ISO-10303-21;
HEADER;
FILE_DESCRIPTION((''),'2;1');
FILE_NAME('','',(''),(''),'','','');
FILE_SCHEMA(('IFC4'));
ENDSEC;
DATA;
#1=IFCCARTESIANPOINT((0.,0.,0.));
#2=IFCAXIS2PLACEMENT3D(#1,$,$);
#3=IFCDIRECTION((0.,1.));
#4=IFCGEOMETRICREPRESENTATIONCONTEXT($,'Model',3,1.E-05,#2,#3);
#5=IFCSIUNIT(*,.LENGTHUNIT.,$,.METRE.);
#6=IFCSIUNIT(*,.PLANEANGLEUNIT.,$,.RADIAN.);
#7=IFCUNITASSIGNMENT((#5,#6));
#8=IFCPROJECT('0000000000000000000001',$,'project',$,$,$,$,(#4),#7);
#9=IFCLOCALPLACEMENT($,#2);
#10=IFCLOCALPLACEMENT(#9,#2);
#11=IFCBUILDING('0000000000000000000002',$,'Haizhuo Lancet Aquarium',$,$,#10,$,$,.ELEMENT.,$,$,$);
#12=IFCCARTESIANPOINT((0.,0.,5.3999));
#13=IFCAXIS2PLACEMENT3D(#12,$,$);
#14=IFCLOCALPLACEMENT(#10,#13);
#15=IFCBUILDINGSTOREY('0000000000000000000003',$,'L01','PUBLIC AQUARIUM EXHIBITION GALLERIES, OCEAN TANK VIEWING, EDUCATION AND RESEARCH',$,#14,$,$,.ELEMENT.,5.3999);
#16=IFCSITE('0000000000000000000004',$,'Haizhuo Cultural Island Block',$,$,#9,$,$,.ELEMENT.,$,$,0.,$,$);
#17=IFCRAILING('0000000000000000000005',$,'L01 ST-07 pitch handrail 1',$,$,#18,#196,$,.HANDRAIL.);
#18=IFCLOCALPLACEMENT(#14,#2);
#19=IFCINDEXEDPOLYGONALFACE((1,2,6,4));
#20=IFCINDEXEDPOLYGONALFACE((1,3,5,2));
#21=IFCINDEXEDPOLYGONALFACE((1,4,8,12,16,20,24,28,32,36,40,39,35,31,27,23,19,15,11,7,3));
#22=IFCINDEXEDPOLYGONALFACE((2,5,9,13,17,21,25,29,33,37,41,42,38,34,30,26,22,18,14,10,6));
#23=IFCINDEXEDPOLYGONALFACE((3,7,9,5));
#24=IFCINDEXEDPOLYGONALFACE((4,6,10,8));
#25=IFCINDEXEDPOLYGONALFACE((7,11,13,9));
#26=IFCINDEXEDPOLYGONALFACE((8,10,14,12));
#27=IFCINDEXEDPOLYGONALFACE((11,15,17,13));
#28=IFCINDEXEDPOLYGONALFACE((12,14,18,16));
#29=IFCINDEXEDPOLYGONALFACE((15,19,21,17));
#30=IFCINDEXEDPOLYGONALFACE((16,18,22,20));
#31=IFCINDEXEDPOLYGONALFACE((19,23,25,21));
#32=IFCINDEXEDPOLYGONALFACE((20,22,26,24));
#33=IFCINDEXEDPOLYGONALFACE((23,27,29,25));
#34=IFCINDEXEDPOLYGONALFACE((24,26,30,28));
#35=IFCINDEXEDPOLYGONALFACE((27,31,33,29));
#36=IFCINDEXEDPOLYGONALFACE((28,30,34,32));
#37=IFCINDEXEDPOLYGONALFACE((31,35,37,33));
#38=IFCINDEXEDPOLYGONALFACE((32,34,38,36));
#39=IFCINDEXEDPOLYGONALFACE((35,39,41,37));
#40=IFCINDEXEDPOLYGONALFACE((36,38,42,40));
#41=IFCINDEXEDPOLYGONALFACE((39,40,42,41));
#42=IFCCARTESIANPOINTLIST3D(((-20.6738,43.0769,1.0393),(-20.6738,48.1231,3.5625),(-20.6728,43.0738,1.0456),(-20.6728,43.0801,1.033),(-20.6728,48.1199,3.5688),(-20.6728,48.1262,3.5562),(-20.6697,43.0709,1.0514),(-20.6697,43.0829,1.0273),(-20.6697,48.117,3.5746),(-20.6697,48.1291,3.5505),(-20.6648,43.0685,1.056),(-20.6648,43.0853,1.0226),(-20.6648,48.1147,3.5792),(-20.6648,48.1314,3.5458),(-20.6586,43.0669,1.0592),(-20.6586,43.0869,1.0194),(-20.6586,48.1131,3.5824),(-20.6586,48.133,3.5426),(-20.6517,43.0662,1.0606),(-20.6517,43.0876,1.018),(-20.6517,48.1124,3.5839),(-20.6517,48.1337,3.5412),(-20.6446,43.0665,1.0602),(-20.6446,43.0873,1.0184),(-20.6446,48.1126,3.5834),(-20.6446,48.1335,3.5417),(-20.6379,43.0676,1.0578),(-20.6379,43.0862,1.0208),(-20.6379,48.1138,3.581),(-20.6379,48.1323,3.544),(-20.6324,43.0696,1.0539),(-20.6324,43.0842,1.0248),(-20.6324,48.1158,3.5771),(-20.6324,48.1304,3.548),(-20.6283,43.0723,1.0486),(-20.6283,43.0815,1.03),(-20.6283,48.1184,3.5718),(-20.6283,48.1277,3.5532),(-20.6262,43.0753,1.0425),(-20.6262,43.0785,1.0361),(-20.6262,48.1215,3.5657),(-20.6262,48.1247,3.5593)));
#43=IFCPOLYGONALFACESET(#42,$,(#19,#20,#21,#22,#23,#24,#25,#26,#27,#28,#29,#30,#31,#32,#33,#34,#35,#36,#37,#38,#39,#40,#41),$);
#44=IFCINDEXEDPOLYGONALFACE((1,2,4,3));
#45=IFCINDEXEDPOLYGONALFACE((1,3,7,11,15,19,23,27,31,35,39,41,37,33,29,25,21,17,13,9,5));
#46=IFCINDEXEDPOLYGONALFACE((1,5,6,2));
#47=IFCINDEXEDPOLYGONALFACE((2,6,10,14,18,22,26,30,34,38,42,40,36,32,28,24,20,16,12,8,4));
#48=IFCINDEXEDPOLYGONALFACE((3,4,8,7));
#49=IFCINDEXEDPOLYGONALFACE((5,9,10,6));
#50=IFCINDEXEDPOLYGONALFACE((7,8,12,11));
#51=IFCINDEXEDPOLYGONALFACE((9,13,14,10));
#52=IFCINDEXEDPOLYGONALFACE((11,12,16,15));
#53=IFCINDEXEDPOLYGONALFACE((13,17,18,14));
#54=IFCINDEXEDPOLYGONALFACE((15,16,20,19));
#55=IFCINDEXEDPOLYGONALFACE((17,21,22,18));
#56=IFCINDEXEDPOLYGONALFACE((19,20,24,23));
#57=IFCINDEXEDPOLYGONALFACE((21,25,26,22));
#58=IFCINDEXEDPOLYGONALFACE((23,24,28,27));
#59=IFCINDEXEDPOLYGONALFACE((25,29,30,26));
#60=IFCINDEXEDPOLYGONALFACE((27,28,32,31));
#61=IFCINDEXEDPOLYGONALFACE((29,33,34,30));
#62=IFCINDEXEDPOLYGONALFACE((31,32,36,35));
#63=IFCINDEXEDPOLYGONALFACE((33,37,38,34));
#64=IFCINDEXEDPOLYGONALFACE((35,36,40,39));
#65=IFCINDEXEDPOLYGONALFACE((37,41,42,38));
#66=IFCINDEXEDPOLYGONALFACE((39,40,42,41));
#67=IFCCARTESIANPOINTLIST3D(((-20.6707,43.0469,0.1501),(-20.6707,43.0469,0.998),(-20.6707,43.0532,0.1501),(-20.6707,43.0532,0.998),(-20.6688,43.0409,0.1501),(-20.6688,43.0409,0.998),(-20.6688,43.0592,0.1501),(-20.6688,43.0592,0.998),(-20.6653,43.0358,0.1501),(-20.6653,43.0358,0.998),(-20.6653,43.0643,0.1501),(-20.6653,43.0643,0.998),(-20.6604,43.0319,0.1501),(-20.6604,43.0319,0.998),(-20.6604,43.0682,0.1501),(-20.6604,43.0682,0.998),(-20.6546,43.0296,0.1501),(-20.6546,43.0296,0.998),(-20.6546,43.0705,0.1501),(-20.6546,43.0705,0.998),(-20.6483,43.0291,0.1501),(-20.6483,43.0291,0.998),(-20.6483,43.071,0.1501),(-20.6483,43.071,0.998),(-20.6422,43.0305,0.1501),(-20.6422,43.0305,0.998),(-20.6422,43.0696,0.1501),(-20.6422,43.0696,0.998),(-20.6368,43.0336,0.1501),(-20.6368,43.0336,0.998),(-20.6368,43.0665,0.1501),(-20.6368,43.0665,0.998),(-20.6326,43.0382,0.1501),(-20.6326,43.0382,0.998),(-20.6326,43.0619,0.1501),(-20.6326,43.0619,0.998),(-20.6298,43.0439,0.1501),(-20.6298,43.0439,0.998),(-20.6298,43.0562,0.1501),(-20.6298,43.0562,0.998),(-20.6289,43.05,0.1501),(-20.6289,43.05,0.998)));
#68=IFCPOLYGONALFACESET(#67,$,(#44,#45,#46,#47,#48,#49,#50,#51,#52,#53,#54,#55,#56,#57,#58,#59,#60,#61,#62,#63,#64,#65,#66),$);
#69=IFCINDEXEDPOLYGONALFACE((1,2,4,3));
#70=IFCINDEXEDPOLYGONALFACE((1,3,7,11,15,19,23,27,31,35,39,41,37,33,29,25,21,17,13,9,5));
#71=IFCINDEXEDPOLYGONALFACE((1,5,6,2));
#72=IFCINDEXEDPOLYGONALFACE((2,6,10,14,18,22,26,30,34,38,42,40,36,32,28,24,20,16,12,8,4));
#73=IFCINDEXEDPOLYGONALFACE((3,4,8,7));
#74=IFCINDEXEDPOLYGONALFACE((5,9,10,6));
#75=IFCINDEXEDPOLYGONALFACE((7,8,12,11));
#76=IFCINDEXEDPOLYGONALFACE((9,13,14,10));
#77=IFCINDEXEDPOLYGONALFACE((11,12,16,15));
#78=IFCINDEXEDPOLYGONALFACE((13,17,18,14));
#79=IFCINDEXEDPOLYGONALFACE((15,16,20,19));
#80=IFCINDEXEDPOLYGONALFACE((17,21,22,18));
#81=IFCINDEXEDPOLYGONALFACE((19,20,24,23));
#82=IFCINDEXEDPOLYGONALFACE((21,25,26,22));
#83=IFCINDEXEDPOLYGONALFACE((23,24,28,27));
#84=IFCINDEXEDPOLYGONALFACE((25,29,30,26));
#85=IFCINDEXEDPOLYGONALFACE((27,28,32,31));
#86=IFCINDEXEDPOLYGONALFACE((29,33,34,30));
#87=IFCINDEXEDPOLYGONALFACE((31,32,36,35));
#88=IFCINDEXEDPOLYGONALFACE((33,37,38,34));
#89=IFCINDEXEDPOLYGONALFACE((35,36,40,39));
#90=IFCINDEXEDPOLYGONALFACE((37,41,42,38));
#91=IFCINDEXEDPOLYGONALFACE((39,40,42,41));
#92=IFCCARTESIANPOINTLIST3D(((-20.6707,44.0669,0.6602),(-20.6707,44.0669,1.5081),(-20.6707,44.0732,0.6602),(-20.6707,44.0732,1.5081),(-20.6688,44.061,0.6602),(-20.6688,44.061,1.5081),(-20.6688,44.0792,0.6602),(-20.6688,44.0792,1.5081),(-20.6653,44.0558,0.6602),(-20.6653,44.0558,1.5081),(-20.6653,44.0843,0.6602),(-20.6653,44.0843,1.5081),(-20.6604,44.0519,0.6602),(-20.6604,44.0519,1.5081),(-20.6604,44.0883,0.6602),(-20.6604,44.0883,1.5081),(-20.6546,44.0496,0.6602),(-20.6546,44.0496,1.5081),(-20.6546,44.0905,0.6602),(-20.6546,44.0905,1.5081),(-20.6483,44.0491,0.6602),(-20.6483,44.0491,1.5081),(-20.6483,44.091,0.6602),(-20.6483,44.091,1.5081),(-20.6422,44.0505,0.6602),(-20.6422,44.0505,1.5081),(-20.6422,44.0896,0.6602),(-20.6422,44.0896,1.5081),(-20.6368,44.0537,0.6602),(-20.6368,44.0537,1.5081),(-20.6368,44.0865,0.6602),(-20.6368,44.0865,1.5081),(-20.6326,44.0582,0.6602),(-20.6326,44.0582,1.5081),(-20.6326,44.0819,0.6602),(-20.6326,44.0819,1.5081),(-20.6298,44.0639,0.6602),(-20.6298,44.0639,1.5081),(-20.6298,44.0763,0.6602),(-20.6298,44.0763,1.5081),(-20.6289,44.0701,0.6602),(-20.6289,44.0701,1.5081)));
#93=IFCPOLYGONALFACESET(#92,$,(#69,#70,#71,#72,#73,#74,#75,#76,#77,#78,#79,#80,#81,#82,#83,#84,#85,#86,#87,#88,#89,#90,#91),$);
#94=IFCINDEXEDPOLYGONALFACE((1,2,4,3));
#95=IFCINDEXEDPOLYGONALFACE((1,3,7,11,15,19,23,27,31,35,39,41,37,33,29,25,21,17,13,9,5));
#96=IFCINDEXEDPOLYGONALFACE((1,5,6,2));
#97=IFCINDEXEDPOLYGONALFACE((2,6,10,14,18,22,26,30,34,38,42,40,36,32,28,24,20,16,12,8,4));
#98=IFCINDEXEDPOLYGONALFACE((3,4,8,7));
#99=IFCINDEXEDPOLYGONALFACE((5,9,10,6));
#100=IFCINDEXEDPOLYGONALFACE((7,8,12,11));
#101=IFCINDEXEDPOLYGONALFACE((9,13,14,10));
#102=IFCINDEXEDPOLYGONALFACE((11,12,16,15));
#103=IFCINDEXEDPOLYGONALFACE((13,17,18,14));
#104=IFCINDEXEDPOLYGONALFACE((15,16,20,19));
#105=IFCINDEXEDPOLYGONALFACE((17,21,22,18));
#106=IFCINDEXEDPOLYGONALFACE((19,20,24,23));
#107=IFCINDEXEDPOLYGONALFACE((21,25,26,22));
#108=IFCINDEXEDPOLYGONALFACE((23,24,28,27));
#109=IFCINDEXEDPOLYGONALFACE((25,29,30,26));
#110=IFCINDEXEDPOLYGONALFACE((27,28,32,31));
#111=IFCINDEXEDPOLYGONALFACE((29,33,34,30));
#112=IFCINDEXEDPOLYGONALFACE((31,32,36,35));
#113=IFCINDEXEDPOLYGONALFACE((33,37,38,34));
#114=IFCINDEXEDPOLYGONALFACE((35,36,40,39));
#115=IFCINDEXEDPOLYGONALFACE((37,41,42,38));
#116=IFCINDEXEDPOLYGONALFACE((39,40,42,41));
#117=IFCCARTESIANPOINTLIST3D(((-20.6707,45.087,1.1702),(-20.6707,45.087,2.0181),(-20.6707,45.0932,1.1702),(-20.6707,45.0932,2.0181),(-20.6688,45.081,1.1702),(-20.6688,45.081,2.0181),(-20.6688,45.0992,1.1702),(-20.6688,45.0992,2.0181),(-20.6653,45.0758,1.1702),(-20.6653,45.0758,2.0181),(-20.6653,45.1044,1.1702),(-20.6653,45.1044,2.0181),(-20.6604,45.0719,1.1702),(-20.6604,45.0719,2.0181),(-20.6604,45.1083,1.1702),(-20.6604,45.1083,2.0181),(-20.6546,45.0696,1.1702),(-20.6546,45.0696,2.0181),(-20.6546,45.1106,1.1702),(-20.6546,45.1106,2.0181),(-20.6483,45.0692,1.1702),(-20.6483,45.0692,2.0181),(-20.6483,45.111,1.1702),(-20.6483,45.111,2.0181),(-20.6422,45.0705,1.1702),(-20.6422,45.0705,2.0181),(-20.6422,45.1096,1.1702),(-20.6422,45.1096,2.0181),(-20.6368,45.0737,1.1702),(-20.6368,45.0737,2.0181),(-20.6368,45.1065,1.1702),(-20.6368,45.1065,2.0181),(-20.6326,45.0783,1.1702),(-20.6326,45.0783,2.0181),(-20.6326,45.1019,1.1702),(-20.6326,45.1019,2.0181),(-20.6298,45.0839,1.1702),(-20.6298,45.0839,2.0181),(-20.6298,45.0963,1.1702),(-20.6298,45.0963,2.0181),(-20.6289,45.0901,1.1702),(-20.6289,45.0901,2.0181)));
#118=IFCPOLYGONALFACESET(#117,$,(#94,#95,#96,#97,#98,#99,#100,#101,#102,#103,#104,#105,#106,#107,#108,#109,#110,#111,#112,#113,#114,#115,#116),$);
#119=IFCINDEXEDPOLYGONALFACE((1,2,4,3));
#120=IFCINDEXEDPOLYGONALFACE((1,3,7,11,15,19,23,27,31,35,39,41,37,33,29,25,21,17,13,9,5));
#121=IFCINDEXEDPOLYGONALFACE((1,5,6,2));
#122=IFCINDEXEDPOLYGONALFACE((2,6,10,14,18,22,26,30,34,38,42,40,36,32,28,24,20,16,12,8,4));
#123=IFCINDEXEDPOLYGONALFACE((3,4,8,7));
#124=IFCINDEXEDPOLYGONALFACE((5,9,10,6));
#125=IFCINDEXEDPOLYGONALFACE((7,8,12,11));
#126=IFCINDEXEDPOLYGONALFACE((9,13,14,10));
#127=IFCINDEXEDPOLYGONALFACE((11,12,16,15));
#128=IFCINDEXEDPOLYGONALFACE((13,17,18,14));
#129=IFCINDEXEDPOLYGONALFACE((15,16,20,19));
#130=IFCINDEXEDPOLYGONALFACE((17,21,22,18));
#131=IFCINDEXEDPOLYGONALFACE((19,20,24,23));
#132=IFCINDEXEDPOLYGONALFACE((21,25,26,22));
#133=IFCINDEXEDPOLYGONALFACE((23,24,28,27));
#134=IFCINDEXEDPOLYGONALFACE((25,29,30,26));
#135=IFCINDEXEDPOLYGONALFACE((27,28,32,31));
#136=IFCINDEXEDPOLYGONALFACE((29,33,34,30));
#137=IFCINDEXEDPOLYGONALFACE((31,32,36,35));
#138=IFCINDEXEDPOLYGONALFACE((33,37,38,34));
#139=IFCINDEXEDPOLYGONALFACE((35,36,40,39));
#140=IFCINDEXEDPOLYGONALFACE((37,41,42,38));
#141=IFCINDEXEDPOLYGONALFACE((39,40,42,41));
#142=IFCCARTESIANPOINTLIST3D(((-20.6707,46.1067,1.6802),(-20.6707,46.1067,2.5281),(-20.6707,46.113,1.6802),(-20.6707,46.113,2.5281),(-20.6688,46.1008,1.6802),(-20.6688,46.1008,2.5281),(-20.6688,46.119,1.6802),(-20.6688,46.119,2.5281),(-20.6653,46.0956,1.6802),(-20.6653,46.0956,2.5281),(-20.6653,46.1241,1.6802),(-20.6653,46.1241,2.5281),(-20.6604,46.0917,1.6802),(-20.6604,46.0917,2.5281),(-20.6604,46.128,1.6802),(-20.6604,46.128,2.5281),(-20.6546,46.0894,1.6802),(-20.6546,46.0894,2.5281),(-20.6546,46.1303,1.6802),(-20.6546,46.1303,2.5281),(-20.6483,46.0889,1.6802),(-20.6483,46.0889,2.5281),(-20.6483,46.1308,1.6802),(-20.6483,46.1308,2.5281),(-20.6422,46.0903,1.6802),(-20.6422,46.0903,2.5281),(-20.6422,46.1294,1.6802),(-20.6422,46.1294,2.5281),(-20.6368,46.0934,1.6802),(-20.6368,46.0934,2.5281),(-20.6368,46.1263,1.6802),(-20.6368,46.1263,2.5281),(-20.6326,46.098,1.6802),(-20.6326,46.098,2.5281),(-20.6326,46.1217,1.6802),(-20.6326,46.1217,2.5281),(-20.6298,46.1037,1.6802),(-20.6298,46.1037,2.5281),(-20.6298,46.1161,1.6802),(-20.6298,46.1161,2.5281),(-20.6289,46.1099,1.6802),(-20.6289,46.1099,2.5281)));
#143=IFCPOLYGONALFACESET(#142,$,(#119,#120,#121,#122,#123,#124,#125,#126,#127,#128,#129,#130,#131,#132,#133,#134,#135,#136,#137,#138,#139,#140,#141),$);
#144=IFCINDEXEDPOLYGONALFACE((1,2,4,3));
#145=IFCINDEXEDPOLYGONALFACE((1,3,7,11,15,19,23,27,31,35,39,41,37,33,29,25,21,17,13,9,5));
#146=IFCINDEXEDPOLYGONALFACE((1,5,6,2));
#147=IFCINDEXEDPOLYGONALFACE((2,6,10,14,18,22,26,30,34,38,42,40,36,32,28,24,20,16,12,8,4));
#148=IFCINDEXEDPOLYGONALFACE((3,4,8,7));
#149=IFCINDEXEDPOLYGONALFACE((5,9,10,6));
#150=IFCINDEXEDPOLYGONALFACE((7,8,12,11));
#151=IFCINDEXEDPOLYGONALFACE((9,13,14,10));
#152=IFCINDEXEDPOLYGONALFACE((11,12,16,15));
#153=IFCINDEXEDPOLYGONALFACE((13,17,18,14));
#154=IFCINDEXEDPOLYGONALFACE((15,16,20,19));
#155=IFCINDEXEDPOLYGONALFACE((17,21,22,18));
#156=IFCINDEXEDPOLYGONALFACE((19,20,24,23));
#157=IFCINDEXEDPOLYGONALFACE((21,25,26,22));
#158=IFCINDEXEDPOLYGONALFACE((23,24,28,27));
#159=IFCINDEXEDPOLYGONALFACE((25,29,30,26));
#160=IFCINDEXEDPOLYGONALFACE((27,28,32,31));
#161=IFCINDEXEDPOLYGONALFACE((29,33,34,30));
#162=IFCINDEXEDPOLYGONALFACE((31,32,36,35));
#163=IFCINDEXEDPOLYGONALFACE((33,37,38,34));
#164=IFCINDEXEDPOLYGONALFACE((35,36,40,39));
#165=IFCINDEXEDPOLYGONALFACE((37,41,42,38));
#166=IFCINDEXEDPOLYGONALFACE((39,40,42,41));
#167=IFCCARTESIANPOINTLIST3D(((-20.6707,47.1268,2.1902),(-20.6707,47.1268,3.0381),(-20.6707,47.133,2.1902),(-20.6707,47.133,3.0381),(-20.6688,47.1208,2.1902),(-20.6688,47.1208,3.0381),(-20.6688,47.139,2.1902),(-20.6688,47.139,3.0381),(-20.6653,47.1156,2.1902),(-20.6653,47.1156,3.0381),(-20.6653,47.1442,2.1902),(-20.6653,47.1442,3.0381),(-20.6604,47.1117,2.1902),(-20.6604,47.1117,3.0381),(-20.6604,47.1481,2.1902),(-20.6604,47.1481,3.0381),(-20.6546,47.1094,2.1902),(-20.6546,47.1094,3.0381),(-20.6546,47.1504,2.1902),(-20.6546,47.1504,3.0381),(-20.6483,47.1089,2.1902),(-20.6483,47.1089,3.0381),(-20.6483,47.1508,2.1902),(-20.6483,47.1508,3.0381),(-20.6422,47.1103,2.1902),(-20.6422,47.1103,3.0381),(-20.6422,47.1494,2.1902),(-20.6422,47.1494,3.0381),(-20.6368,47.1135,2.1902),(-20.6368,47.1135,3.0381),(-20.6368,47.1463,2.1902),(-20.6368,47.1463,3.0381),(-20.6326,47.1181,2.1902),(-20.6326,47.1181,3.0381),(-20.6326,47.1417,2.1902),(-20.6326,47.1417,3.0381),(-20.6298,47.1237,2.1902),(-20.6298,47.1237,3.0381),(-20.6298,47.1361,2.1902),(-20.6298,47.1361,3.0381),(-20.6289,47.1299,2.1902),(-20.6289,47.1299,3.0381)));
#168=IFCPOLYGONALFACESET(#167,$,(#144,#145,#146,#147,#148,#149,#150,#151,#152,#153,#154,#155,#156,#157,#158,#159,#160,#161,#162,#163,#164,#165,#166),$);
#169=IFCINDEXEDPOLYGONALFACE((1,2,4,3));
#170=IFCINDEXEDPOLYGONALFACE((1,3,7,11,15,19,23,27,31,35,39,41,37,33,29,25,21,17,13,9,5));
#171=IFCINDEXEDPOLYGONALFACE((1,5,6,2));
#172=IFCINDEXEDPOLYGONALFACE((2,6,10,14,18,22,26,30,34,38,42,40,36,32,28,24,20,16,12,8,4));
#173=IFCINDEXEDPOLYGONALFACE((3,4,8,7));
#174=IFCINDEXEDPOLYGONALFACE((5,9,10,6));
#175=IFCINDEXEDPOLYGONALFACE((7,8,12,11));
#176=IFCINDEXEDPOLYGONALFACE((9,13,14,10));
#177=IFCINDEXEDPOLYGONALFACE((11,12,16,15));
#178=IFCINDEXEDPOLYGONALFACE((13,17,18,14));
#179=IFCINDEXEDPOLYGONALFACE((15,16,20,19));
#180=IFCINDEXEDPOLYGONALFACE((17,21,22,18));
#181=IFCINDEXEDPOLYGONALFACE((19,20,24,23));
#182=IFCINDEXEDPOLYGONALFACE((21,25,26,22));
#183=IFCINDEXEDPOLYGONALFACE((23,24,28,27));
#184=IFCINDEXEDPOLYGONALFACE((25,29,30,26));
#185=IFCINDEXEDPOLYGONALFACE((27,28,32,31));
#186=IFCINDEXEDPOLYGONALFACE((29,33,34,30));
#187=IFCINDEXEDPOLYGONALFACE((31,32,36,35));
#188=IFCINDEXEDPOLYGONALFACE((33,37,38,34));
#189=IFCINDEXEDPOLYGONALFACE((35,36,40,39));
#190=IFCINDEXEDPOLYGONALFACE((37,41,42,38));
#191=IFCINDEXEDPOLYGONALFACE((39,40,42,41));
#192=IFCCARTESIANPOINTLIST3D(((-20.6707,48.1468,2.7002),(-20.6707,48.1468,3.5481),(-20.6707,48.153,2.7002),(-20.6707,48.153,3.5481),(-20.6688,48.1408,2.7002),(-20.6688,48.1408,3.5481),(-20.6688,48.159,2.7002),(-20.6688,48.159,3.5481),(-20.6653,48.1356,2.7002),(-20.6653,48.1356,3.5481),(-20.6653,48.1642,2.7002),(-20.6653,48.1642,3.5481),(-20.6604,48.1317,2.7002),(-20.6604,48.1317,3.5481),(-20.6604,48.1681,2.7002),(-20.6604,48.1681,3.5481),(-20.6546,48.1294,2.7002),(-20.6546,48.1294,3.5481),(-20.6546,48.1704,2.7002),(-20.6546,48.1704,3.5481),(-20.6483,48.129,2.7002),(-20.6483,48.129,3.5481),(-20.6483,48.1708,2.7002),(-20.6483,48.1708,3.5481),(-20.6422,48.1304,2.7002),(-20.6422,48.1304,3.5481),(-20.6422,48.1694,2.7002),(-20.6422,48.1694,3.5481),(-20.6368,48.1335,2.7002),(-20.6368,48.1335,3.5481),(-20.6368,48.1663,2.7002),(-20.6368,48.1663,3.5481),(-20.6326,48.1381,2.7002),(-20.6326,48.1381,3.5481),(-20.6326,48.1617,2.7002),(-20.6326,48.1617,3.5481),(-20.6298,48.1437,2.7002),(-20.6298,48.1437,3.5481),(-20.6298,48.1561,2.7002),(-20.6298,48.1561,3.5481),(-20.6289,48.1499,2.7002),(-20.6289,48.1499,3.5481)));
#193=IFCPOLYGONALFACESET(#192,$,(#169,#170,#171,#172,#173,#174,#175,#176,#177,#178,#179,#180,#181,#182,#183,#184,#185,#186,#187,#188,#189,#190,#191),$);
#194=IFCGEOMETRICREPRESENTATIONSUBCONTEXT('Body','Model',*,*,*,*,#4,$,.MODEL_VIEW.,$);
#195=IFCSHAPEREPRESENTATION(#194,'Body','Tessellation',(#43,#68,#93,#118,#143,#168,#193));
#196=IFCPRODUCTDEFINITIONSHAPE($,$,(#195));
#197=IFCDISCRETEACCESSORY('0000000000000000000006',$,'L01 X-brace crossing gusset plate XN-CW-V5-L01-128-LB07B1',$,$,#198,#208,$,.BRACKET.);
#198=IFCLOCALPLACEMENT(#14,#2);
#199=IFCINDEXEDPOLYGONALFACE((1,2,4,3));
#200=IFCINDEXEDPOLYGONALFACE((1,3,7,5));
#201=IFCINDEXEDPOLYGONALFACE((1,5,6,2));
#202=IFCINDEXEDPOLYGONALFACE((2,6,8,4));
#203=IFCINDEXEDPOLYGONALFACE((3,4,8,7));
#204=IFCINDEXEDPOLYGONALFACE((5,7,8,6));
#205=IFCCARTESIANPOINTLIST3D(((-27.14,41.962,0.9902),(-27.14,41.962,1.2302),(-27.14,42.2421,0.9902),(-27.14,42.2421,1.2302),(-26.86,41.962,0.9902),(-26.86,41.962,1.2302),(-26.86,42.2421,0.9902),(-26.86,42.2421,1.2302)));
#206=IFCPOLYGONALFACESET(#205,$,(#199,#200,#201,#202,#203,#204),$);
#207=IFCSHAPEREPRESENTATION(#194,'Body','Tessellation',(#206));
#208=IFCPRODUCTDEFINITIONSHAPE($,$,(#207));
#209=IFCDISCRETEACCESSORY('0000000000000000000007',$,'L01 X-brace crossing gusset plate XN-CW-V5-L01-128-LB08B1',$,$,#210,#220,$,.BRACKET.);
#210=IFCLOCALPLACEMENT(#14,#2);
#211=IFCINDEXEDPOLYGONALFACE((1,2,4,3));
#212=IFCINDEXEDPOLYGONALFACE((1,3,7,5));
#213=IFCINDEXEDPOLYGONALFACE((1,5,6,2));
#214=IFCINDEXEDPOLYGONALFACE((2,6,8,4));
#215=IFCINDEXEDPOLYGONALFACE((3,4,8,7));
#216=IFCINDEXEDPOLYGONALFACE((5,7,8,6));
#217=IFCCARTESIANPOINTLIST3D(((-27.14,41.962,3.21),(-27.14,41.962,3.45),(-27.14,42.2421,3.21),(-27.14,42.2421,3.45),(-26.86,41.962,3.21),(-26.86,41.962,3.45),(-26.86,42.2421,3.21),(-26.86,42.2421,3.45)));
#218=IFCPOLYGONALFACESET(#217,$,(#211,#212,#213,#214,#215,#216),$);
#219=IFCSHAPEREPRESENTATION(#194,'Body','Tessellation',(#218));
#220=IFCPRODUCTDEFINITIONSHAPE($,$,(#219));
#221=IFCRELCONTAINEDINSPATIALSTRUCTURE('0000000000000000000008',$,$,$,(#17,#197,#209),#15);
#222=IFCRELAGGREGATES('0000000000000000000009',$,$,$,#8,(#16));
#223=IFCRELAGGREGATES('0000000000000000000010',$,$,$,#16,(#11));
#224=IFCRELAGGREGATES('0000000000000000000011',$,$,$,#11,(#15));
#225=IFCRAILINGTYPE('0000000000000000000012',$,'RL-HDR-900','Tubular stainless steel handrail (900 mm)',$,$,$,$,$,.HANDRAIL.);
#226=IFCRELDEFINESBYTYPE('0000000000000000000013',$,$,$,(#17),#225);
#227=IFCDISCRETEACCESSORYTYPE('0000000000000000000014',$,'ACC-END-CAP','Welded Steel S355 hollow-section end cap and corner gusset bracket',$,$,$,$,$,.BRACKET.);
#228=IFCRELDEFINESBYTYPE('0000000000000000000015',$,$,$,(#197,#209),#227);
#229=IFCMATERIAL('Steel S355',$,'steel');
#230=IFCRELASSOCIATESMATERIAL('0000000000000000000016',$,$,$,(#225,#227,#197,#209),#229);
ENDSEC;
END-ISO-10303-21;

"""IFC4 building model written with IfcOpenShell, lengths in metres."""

from ifc_helpers import new_model, si_unit, direction, frame, origin, origin_2d, place, context, subcontext, project, spatial, rectangle, circle, extrude, material, type_object, element, save


model = new_model("IFC4")

# Units and contexts
model_context = context("Model", 3, precision=1e-05, world=origin(), true_north=direction((0.0, 1.0)))
body_context = subcontext(model_context, "Body", "Model", "MODEL_VIEW")
ifc_project = project(units=[si_unit("LENGTHUNIT", "METRE"), si_unit("PLANEANGLEUNIT", "RADIAN")], contexts=[model_context])

# Site, building, storey
site_placement = place(None, origin())
site = spatial("IfcSite", under=ifc_project, at=site_placement, Name="Haizhuo Cultural Island Block", CompositionType="ELEMENT", RefElevation=0.0)
building_placement = place(site_placement, origin())
building = spatial("IfcBuilding", under=site, at=building_placement, Name="Haizhuo Lancet Aquarium", CompositionType="ELEMENT")
storey_placement = place(building_placement, frame((0.0, 0.0, 5.3999)))
storey = spatial("IfcBuildingStorey", under=building, at=storey_placement, Name="L01", Description="PUBLIC AQUARIUM EXHIBITION GALLERIES, OCEAN TANK VIEWING, EDUCATION AND RESEARCH", CompositionType="ELEMENT", Elevation=5.3999)

# Shared definitions
ifc_material_1 = material(Name="Steel S355", Category="steel")

# Railing
railing_type_1 = type_object("IfcRailingType", Name="RL-HDR-900", Description="Tubular stainless steel handrail (900 mm)", PredefinedType="HANDRAIL", material=ifc_material_1)
railing_1_placement = place(storey_placement, frame((-20.6499, 43.05, 0.1501)))
element("IfcRailing", 1, at=railing_1_placement, inside=storey, type_object=railing_type_1, Name="L01 ST-07 pitch handrail 1", PredefinedType="HANDRAIL", context=body_context, shape_type="SweptSolid", body=[
    extrude(circle(Radius=0.0239, at=origin_2d()), frame((0.0, 0.0269, 0.8892), z_axis=(0.0, 0.894419, 0.447231), x_axis=(-1.0, 0.0, 0.0)), (0.0, 0.0, 1.0), 5.6418),
    extrude(circle(Radius=0.021, at=origin_2d()), origin(), (0.0, 0.0, 1.0), 0.8479),
    extrude(circle(Radius=0.021, at=origin_2d()), frame((0.0, 1.02, 0.51)), (0.0, 0.0, 1.0), 0.8479),
    extrude(circle(Radius=0.021, at=origin_2d()), frame((0.0, 2.04, 1.02)), (0.0, 0.0, 1.0), 0.8479),
    extrude(circle(Radius=0.021, at=origin_2d()), frame((0.0, 3.0598, 1.53)), (0.0, 0.0, 1.0), 0.8479),
    extrude(circle(Radius=0.021, at=origin_2d()), frame((0.0, 4.0798, 2.04)), (0.0, 0.0, 1.0), 0.8479),
    extrude(circle(Radius=0.021, at=origin_2d()), frame((0.0, 5.0999, 2.55)), (0.0, 0.0, 1.0), 0.8479),
])

# Discrete accessories
discrete_accessory_type = type_object("IfcDiscreteAccessoryType", Name="ACC-END-CAP", Description="Welded Steel S355 hollow-section end cap and corner gusset bracket", PredefinedType="BRACKET", material=ifc_material_1)
for number, where, z_axis, x_axis, name in (
    (2, (-27.0, 42.1021, 0.9902), (0.0, 0.0, 1.0), (1.0, 0.0, 0.0), "L01 X-brace crossing gusset plate XN-CW-V5-L01-128-LB07B1"),
    (3, (-27.0, 42.1021, 3.21), (0.0, 0.0, 1.0), (1.0, 0.0, 0.0), "L01 X-brace crossing gusset plate XN-CW-V5-L01-128-LB08B1"),
):
    element("IfcDiscreteAccessory", number, at=place(storey_placement, frame(where, z_axis=z_axis, x_axis=x_axis)), inside=storey, type_object=discrete_accessory_type, material=ifc_material_1, Name=name, PredefinedType="BRACKET", context=body_context, shape_type="SweptSolid", body=[
        extrude(rectangle(XDim=0.28, YDim=0.28, at=origin_2d()), origin(), (0.0, 0.0, 1.0), 0.24),
    ])

save(model, "model.ifc")
